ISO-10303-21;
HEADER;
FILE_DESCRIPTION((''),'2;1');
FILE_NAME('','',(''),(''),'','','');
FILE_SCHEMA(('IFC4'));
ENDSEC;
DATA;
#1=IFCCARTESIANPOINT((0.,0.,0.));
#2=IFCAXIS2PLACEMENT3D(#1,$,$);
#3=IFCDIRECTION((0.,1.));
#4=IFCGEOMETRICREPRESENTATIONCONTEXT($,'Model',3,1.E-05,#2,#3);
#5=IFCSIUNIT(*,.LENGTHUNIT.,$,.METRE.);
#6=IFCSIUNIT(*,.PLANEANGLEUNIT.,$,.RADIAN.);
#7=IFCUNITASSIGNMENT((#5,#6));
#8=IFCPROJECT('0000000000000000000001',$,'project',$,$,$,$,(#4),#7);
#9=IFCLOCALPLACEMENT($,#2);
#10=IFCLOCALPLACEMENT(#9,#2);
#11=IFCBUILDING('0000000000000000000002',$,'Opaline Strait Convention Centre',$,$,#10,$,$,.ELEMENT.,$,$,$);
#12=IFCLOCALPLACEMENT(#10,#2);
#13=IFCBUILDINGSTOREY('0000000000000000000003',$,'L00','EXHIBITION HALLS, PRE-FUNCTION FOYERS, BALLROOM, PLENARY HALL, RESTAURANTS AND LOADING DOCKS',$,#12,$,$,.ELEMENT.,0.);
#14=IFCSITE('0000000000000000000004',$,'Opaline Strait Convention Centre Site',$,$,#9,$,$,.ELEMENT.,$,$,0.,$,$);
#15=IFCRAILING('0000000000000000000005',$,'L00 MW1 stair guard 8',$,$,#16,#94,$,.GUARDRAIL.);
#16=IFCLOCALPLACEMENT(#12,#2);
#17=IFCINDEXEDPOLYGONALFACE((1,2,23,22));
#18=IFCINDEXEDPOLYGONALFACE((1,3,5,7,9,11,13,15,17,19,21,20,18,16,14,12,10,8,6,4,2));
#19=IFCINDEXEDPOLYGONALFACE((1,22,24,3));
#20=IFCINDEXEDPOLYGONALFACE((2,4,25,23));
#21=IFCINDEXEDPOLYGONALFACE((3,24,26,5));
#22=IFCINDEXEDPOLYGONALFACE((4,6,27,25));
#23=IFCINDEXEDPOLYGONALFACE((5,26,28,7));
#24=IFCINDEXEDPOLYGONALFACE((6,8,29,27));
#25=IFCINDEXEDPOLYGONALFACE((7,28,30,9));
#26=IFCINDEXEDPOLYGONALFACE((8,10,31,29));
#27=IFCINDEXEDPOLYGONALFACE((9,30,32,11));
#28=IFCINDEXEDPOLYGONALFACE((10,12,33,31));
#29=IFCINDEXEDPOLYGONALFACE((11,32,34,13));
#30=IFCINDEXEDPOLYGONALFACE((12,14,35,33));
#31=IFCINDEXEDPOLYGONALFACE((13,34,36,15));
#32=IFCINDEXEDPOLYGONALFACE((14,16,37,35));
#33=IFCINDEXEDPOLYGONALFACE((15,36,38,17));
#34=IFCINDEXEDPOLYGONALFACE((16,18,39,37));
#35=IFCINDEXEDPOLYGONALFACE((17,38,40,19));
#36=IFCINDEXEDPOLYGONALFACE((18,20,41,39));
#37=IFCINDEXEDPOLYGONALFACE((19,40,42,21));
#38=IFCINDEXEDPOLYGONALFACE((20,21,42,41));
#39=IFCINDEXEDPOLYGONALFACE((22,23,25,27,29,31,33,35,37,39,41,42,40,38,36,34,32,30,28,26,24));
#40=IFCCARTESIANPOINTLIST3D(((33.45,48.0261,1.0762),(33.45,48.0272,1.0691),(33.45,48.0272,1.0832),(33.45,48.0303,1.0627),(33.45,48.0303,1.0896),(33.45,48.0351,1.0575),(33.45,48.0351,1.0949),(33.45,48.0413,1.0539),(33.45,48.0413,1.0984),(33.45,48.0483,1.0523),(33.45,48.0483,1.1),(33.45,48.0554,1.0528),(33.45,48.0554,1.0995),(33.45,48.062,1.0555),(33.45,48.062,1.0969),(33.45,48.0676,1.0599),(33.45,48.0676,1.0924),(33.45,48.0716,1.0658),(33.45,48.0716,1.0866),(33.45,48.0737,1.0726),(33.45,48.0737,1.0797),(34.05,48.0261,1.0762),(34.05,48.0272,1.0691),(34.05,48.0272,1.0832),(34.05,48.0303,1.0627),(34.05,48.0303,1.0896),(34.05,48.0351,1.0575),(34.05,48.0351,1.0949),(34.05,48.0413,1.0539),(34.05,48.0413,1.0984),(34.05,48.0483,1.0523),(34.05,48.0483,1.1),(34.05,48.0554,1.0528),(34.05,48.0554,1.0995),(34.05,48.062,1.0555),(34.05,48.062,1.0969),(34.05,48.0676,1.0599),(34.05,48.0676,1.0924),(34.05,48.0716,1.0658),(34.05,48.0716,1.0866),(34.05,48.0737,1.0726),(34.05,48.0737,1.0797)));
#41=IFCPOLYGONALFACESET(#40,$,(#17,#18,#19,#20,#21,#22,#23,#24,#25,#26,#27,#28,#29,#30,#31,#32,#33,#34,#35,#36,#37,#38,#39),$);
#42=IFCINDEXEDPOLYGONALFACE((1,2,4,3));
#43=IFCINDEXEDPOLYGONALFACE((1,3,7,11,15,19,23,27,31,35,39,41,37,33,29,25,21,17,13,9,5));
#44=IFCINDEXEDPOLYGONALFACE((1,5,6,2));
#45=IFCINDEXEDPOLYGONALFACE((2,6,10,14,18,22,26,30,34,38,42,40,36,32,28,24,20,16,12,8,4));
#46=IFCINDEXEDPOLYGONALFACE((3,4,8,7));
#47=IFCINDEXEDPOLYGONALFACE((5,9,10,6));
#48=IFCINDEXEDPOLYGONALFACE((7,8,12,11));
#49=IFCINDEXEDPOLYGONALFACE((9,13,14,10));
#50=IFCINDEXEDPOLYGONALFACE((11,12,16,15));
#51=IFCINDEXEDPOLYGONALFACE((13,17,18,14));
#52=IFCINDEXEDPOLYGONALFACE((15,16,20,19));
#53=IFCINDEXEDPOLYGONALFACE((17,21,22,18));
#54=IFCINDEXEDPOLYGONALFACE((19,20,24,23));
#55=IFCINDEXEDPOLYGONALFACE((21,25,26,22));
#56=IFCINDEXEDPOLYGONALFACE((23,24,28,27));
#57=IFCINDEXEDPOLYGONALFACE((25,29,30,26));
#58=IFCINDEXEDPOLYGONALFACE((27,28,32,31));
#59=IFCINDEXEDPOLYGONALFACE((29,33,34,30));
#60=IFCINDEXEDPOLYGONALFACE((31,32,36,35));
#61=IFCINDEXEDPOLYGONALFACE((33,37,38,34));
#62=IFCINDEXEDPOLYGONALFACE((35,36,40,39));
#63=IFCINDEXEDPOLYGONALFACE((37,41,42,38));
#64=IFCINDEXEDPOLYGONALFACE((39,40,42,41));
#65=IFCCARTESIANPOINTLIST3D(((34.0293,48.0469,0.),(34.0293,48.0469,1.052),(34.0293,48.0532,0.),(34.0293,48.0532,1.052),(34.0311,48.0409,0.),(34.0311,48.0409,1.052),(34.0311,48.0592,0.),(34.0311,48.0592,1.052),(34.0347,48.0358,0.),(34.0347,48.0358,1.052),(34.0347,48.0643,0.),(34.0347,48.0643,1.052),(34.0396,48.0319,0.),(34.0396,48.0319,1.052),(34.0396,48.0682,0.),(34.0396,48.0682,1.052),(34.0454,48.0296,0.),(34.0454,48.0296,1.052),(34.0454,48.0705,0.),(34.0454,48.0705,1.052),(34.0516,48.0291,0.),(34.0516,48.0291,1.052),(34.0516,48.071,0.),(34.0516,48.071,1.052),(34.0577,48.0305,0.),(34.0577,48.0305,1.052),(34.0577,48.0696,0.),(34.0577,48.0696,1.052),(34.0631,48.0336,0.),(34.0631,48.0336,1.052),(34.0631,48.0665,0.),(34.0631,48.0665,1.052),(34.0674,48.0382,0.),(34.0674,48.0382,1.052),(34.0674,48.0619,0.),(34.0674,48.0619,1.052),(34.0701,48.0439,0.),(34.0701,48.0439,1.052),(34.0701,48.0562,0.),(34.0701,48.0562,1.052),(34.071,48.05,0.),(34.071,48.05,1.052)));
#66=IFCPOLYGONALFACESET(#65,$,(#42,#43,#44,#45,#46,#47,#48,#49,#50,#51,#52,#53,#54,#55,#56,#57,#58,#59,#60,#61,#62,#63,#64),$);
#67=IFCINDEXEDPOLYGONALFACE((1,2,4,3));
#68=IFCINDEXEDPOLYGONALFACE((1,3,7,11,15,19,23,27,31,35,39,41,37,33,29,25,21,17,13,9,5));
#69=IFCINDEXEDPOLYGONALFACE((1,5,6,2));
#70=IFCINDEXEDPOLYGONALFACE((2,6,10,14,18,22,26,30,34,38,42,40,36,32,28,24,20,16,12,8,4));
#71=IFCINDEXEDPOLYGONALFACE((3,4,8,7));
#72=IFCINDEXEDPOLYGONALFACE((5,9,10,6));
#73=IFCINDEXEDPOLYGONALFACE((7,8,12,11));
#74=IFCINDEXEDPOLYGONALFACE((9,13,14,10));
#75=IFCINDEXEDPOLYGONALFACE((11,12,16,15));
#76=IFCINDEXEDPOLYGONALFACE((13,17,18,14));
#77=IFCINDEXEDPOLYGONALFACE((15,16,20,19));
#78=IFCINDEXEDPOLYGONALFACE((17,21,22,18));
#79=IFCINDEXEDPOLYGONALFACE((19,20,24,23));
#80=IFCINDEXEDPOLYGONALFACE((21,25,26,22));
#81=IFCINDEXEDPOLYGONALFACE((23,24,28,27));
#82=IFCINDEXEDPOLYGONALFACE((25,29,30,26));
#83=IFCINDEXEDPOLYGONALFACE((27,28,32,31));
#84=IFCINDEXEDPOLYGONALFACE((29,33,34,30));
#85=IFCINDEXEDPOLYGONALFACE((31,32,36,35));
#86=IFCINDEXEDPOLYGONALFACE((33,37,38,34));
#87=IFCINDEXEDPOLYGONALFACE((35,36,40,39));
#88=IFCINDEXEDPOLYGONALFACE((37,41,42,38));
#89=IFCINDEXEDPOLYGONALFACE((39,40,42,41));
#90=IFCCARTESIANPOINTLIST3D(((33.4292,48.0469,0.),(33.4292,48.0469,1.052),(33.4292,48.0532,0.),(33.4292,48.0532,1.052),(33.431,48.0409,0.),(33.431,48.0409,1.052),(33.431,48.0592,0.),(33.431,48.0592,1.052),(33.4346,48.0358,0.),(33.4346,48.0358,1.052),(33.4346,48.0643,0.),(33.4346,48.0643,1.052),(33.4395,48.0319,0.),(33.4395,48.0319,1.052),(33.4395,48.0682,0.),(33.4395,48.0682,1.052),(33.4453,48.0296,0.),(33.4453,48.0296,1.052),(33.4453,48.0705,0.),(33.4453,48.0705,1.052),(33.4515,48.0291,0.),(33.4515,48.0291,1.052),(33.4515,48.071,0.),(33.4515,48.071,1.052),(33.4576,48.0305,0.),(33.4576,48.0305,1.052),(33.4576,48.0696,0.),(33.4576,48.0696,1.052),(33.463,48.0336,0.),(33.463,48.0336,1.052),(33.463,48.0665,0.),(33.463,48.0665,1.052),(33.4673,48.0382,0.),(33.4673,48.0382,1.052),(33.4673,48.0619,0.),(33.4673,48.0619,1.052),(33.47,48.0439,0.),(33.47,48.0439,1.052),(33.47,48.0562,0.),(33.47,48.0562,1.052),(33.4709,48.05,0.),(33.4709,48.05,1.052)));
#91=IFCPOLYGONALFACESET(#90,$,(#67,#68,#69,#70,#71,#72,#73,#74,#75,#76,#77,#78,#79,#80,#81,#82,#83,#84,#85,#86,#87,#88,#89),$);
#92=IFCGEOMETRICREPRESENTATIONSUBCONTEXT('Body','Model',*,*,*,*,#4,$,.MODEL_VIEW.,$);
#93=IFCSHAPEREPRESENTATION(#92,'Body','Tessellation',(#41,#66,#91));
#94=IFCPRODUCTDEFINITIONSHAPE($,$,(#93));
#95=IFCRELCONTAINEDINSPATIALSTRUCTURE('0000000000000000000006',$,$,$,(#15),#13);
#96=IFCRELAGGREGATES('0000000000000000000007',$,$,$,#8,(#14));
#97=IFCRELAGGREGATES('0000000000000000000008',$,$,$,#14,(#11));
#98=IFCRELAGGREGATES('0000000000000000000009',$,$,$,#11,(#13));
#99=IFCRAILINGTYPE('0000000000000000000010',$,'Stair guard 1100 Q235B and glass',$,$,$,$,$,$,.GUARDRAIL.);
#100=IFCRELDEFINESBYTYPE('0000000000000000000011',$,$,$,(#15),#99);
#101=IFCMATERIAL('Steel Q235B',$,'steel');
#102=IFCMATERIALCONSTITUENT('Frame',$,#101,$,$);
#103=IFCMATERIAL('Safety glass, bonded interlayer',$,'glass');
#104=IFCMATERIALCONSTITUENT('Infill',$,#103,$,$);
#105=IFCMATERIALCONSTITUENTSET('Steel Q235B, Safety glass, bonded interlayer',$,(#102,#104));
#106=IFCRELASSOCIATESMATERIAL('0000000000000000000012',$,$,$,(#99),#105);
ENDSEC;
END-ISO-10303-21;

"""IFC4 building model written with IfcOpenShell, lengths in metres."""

from ifc_helpers import new_model, si_unit, direction, frame, origin, origin_2d, place, context, subcontext, project, spatial, circle, extrude, material, constituent, constituent_set, type_object, element, save


model = new_model("IFC4")

# Units and contexts
model_context = context("Model", 3, precision=1e-05, world=origin(), true_north=direction((0.0, 1.0)))
body_context = subcontext(model_context, "Body", "Model", "MODEL_VIEW")
ifc_project = project(units=[si_unit("LENGTHUNIT", "METRE"), si_unit("PLANEANGLEUNIT", "RADIAN")], contexts=[model_context])

# Site, building, storey
site_placement = place(None, origin())
site = spatial("IfcSite", under=ifc_project, at=site_placement, Name="Opaline Strait Convention Centre Site", CompositionType="ELEMENT", RefElevation=0.0)
building_placement = place(site_placement, origin())
building = spatial("IfcBuilding", under=site, at=building_placement, Name="Opaline Strait Convention Centre", CompositionType="ELEMENT")
storey_placement = place(building_placement, origin())
storey = spatial("IfcBuildingStorey", under=building, at=storey_placement, Name="L00", Description="EXHIBITION HALLS, PRE-FUNCTION FOYERS, BALLROOM, PLENARY HALL, RESTAURANTS AND LOADING DOCKS", CompositionType="ELEMENT", Elevation=0.0)

# Railing
ifc_material_1 = material(Name="Steel Q235B", Category="steel")
ifc_constituent_1 = constituent(ifc_material_1, Name="Frame")
ifc_material_2 = material(Name="Safety glass, bonded interlayer", Category="glass")
ifc_constituent_2 = constituent(ifc_material_2, Name="Infill")
ifc_constituent_set = constituent_set(constituents=[ifc_constituent_1, ifc_constituent_2], Name="Steel Q235B, Safety glass, bonded interlayer")
railing_type_1 = type_object("IfcRailingType", Name="Stair guard 1100 Q235B and glass", PredefinedType="GUARDRAIL", material=ifc_constituent_set)
railing_1_placement = place(storey_placement, frame((34.05, 48.05, 0.0)))
element("IfcRailing", 1, at=railing_1_placement, inside=storey, type_object=railing_type_1, Name="L00 MW1 stair guard 8", PredefinedType="GUARDRAIL", context=body_context, shape_type="SweptSolid", body=[
    extrude(circle(Radius=0.0239, at=origin_2d()), frame((0.0, 0.0, 1.0762), z_axis=(-1.0, 0.0, 0.0), x_axis=(0.0, -1.0, 0.0)), (0.0, 0.0, 1.0), 0.6001),
    extrude(circle(Radius=0.021, at=origin_2d()), origin(), (0.0, 0.0, 1.0), 1.052),
    extrude(circle(Radius=0.021, at=origin_2d()), frame((-0.6001, 0.0, 0.0)), (0.0, 0.0, 1.0), 1.052),
])

save(model, "model.ifc")
